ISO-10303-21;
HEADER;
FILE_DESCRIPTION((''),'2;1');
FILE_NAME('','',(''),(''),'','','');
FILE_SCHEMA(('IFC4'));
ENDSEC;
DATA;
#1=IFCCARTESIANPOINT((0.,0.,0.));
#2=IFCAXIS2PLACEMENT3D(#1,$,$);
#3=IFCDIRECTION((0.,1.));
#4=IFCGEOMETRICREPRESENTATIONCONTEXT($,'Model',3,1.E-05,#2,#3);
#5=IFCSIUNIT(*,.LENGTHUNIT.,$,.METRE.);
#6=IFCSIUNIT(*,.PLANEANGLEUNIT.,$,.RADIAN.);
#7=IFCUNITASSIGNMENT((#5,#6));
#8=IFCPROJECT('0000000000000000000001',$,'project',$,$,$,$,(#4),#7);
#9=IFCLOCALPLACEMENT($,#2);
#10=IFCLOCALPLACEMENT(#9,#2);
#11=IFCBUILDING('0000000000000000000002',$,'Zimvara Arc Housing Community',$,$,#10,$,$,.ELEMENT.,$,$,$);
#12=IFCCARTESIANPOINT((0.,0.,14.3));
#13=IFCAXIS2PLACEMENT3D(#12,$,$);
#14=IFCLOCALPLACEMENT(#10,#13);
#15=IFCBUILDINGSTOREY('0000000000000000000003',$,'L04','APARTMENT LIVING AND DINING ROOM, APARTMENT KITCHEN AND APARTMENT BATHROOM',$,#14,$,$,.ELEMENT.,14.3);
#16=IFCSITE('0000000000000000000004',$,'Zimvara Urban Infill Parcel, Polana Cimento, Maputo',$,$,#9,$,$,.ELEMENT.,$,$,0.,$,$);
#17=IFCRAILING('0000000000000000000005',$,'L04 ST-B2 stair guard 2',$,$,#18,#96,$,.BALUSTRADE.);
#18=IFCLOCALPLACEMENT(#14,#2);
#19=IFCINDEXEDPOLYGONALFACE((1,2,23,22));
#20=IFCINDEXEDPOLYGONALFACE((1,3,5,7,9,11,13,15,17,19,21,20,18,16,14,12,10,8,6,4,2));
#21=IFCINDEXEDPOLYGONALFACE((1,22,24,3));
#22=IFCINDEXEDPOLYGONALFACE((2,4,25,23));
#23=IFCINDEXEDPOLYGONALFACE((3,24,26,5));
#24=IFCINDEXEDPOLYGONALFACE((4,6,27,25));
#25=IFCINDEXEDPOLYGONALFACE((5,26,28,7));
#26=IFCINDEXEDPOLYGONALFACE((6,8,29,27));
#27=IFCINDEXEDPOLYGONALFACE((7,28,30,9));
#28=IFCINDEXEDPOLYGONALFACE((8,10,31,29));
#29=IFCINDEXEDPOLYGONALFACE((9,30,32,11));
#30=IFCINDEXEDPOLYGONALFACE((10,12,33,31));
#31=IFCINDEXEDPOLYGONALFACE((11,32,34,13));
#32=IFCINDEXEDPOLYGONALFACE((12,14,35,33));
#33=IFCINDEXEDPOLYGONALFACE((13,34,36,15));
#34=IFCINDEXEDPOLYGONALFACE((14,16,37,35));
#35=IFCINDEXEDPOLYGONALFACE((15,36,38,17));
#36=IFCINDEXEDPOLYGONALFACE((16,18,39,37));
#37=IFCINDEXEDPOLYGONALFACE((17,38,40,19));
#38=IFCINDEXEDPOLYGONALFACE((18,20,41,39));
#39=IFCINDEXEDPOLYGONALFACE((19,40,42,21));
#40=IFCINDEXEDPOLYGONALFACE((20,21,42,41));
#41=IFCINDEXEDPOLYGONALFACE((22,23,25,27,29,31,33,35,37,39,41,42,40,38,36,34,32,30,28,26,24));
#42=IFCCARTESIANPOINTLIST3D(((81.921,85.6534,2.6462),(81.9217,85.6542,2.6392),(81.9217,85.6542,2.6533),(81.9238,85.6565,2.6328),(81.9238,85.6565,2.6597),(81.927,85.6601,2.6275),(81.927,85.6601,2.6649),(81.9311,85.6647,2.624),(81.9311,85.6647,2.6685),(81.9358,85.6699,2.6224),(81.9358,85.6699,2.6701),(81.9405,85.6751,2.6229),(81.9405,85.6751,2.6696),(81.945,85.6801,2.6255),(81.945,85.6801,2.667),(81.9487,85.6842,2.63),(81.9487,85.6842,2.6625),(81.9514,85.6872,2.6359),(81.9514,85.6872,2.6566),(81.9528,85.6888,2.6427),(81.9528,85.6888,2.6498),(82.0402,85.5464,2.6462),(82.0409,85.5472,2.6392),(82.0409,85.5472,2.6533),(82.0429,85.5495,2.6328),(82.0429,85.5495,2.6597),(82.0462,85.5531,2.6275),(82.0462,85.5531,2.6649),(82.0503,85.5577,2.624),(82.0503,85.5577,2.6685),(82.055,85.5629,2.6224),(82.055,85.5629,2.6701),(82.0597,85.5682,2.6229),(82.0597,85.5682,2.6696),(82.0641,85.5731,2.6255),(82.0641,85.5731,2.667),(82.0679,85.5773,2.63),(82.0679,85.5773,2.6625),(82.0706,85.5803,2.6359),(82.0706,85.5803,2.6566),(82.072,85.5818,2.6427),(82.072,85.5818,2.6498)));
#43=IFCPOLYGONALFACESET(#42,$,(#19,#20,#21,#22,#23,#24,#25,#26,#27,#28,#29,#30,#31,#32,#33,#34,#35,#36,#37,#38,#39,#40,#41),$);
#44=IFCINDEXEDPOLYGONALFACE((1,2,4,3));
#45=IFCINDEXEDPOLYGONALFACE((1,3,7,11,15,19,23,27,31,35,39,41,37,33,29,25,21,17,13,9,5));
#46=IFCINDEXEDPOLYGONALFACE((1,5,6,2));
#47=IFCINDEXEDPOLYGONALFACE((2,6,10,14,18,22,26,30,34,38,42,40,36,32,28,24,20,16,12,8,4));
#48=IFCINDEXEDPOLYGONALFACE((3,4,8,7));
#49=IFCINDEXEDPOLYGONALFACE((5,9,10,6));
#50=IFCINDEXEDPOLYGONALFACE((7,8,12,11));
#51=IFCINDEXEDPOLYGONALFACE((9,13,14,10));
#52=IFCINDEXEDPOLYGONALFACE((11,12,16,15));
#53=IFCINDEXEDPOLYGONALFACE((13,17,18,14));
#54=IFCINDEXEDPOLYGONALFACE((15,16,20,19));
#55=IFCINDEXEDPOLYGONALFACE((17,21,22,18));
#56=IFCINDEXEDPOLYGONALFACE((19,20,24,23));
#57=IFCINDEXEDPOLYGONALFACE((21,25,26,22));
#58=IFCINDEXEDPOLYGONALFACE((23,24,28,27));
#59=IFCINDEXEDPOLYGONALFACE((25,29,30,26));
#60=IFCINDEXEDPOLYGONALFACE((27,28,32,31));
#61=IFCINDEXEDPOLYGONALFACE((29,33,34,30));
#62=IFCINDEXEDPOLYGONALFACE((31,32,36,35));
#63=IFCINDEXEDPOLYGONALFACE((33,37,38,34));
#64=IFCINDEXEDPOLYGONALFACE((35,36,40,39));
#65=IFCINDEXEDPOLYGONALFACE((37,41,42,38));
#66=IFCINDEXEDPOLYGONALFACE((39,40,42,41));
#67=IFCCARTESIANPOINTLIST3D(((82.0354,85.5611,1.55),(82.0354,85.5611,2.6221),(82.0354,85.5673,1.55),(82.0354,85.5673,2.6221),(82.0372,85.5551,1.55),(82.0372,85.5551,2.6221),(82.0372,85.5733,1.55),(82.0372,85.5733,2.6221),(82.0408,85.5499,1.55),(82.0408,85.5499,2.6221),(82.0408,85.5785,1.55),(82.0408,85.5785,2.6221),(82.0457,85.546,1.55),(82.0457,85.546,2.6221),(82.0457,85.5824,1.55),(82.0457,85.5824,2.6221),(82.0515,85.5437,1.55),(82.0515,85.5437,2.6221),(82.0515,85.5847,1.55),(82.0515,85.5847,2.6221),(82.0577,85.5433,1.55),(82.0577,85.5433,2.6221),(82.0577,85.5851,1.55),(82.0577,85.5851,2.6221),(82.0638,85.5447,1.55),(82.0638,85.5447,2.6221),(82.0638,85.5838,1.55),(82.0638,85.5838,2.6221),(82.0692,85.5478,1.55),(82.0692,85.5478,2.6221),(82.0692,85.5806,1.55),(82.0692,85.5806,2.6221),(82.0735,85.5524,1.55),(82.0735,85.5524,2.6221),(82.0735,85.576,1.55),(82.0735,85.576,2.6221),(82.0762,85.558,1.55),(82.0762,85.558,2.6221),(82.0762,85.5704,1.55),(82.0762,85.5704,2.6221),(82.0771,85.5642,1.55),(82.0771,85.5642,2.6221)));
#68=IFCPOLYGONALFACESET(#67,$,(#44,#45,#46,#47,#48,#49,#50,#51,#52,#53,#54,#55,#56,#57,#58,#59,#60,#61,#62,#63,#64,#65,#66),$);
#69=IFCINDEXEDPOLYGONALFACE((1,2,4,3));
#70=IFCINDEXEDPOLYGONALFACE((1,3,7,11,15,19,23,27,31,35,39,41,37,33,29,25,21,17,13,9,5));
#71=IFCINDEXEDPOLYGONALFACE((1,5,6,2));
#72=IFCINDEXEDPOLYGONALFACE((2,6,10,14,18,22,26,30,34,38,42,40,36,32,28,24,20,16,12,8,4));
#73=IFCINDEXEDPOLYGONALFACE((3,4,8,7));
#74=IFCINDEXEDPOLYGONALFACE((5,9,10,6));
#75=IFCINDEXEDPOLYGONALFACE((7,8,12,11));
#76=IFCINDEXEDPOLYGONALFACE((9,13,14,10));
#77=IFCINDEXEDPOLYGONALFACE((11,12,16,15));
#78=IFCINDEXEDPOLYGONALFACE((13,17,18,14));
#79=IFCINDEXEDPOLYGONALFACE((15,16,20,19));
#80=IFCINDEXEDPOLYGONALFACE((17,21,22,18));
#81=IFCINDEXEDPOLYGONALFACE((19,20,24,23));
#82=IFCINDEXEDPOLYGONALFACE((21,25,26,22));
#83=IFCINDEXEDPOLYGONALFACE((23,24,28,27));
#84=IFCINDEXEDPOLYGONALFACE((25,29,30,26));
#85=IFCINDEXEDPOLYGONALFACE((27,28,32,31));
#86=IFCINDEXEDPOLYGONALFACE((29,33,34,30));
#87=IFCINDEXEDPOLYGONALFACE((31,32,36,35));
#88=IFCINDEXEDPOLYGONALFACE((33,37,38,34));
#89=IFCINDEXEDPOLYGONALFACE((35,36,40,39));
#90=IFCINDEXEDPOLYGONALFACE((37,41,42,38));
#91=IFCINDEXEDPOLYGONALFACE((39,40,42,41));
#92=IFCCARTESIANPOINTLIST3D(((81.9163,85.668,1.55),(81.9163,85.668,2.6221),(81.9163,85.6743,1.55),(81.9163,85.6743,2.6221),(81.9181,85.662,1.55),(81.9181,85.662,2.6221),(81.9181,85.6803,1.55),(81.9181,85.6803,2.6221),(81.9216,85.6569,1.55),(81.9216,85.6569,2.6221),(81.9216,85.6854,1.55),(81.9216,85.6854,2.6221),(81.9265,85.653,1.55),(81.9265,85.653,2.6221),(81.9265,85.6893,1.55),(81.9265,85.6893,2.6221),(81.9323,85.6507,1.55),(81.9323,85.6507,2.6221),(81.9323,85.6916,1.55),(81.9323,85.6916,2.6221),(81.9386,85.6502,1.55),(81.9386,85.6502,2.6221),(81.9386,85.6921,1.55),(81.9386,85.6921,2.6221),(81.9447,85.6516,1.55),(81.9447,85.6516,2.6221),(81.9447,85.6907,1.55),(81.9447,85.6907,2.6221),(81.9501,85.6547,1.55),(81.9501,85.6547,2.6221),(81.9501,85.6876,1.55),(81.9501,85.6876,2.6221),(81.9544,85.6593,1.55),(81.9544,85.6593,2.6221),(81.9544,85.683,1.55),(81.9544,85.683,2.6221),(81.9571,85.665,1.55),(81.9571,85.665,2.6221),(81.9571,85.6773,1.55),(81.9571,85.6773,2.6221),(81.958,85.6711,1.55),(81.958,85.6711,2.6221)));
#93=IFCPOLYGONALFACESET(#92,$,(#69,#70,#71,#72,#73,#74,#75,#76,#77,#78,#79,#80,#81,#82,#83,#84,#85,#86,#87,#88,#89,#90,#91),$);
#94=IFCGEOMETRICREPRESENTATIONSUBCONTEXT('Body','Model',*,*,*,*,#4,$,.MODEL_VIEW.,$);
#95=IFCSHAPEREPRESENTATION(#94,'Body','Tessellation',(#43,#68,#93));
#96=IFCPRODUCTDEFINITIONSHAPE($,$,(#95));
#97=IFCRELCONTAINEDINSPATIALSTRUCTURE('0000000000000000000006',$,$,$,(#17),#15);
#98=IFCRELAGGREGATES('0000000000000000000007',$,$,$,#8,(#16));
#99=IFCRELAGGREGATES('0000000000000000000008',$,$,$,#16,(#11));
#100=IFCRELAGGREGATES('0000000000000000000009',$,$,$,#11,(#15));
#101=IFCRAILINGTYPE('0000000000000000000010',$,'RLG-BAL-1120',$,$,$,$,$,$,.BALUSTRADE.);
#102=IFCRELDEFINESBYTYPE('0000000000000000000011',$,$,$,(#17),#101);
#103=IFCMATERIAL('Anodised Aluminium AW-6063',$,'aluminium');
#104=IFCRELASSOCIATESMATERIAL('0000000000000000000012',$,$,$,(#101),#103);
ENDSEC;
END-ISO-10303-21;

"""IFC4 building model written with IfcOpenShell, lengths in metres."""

from ifc_helpers import new_model, si_unit, direction, frame, origin, origin_2d, place, context, subcontext, project, spatial, circle, extrude, material, type_object, element, save


model = new_model("IFC4")

# Units and contexts
model_context = context("Model", 3, precision=1e-05, world=origin(), true_north=direction((0.0, 1.0)))
body_context = subcontext(model_context, "Body", "Model", "MODEL_VIEW")
ifc_project = project(units=[si_unit("LENGTHUNIT", "METRE"), si_unit("PLANEANGLEUNIT", "RADIAN")], contexts=[model_context])

# Site, building, storey
site_placement = place(None, origin())
site = spatial("IfcSite", under=ifc_project, at=site_placement, Name="Zimvara Urban Infill Parcel, Polana Cimento, Maputo", CompositionType="ELEMENT", RefElevation=0.0)
building_placement = place(site_placement, origin())
building = spatial("IfcBuilding", under=site, at=building_placement, Name="Zimvara Arc Housing Community", CompositionType="ELEMENT")
storey_placement = place(building_placement, frame((0.0, 0.0, 14.3)))
storey = spatial("IfcBuildingStorey", under=building, at=storey_placement, Name="L04", Description="APARTMENT LIVING AND DINING ROOM, APARTMENT KITCHEN AND APARTMENT BATHROOM", CompositionType="ELEMENT", Elevation=14.3)

# Railing
ifc_material_1 = material(Name="Anodised Aluminium AW-6063", Category="aluminium")
railing_type_1 = type_object("IfcRailingType", Name="RLG-BAL-1120", PredefinedType="BALUSTRADE", material=ifc_material_1)
railing_1_placement = place(storey_placement, frame((82.0562, 85.5642, 1.55)))
element("IfcRailing", 1, at=railing_1_placement, inside=storey, type_object=railing_type_1, Name="L04 ST-B2 stair guard 2", PredefinedType="BALUSTRADE", context=body_context, shape_type="SweptSolid", body=[
    extrude(circle(Radius=0.0239, at=origin_2d()), frame((0.0, 0.0, 1.0962), z_axis=(-0.744203, 0.667953, 0.0), x_axis=(-0.667953, -0.744203, 0.0)), (0.0, 0.0, 1.0), 0.1602),
    extrude(circle(Radius=0.021, at=origin_2d()), origin(), (0.0, 0.0, 1.0), 1.072),
    extrude(circle(Radius=0.021, at=origin_2d()), frame((-0.1191, 0.1069, 0.0)), (0.0, 0.0, 1.0), 1.072),
])

save(model, "model.ifc")
